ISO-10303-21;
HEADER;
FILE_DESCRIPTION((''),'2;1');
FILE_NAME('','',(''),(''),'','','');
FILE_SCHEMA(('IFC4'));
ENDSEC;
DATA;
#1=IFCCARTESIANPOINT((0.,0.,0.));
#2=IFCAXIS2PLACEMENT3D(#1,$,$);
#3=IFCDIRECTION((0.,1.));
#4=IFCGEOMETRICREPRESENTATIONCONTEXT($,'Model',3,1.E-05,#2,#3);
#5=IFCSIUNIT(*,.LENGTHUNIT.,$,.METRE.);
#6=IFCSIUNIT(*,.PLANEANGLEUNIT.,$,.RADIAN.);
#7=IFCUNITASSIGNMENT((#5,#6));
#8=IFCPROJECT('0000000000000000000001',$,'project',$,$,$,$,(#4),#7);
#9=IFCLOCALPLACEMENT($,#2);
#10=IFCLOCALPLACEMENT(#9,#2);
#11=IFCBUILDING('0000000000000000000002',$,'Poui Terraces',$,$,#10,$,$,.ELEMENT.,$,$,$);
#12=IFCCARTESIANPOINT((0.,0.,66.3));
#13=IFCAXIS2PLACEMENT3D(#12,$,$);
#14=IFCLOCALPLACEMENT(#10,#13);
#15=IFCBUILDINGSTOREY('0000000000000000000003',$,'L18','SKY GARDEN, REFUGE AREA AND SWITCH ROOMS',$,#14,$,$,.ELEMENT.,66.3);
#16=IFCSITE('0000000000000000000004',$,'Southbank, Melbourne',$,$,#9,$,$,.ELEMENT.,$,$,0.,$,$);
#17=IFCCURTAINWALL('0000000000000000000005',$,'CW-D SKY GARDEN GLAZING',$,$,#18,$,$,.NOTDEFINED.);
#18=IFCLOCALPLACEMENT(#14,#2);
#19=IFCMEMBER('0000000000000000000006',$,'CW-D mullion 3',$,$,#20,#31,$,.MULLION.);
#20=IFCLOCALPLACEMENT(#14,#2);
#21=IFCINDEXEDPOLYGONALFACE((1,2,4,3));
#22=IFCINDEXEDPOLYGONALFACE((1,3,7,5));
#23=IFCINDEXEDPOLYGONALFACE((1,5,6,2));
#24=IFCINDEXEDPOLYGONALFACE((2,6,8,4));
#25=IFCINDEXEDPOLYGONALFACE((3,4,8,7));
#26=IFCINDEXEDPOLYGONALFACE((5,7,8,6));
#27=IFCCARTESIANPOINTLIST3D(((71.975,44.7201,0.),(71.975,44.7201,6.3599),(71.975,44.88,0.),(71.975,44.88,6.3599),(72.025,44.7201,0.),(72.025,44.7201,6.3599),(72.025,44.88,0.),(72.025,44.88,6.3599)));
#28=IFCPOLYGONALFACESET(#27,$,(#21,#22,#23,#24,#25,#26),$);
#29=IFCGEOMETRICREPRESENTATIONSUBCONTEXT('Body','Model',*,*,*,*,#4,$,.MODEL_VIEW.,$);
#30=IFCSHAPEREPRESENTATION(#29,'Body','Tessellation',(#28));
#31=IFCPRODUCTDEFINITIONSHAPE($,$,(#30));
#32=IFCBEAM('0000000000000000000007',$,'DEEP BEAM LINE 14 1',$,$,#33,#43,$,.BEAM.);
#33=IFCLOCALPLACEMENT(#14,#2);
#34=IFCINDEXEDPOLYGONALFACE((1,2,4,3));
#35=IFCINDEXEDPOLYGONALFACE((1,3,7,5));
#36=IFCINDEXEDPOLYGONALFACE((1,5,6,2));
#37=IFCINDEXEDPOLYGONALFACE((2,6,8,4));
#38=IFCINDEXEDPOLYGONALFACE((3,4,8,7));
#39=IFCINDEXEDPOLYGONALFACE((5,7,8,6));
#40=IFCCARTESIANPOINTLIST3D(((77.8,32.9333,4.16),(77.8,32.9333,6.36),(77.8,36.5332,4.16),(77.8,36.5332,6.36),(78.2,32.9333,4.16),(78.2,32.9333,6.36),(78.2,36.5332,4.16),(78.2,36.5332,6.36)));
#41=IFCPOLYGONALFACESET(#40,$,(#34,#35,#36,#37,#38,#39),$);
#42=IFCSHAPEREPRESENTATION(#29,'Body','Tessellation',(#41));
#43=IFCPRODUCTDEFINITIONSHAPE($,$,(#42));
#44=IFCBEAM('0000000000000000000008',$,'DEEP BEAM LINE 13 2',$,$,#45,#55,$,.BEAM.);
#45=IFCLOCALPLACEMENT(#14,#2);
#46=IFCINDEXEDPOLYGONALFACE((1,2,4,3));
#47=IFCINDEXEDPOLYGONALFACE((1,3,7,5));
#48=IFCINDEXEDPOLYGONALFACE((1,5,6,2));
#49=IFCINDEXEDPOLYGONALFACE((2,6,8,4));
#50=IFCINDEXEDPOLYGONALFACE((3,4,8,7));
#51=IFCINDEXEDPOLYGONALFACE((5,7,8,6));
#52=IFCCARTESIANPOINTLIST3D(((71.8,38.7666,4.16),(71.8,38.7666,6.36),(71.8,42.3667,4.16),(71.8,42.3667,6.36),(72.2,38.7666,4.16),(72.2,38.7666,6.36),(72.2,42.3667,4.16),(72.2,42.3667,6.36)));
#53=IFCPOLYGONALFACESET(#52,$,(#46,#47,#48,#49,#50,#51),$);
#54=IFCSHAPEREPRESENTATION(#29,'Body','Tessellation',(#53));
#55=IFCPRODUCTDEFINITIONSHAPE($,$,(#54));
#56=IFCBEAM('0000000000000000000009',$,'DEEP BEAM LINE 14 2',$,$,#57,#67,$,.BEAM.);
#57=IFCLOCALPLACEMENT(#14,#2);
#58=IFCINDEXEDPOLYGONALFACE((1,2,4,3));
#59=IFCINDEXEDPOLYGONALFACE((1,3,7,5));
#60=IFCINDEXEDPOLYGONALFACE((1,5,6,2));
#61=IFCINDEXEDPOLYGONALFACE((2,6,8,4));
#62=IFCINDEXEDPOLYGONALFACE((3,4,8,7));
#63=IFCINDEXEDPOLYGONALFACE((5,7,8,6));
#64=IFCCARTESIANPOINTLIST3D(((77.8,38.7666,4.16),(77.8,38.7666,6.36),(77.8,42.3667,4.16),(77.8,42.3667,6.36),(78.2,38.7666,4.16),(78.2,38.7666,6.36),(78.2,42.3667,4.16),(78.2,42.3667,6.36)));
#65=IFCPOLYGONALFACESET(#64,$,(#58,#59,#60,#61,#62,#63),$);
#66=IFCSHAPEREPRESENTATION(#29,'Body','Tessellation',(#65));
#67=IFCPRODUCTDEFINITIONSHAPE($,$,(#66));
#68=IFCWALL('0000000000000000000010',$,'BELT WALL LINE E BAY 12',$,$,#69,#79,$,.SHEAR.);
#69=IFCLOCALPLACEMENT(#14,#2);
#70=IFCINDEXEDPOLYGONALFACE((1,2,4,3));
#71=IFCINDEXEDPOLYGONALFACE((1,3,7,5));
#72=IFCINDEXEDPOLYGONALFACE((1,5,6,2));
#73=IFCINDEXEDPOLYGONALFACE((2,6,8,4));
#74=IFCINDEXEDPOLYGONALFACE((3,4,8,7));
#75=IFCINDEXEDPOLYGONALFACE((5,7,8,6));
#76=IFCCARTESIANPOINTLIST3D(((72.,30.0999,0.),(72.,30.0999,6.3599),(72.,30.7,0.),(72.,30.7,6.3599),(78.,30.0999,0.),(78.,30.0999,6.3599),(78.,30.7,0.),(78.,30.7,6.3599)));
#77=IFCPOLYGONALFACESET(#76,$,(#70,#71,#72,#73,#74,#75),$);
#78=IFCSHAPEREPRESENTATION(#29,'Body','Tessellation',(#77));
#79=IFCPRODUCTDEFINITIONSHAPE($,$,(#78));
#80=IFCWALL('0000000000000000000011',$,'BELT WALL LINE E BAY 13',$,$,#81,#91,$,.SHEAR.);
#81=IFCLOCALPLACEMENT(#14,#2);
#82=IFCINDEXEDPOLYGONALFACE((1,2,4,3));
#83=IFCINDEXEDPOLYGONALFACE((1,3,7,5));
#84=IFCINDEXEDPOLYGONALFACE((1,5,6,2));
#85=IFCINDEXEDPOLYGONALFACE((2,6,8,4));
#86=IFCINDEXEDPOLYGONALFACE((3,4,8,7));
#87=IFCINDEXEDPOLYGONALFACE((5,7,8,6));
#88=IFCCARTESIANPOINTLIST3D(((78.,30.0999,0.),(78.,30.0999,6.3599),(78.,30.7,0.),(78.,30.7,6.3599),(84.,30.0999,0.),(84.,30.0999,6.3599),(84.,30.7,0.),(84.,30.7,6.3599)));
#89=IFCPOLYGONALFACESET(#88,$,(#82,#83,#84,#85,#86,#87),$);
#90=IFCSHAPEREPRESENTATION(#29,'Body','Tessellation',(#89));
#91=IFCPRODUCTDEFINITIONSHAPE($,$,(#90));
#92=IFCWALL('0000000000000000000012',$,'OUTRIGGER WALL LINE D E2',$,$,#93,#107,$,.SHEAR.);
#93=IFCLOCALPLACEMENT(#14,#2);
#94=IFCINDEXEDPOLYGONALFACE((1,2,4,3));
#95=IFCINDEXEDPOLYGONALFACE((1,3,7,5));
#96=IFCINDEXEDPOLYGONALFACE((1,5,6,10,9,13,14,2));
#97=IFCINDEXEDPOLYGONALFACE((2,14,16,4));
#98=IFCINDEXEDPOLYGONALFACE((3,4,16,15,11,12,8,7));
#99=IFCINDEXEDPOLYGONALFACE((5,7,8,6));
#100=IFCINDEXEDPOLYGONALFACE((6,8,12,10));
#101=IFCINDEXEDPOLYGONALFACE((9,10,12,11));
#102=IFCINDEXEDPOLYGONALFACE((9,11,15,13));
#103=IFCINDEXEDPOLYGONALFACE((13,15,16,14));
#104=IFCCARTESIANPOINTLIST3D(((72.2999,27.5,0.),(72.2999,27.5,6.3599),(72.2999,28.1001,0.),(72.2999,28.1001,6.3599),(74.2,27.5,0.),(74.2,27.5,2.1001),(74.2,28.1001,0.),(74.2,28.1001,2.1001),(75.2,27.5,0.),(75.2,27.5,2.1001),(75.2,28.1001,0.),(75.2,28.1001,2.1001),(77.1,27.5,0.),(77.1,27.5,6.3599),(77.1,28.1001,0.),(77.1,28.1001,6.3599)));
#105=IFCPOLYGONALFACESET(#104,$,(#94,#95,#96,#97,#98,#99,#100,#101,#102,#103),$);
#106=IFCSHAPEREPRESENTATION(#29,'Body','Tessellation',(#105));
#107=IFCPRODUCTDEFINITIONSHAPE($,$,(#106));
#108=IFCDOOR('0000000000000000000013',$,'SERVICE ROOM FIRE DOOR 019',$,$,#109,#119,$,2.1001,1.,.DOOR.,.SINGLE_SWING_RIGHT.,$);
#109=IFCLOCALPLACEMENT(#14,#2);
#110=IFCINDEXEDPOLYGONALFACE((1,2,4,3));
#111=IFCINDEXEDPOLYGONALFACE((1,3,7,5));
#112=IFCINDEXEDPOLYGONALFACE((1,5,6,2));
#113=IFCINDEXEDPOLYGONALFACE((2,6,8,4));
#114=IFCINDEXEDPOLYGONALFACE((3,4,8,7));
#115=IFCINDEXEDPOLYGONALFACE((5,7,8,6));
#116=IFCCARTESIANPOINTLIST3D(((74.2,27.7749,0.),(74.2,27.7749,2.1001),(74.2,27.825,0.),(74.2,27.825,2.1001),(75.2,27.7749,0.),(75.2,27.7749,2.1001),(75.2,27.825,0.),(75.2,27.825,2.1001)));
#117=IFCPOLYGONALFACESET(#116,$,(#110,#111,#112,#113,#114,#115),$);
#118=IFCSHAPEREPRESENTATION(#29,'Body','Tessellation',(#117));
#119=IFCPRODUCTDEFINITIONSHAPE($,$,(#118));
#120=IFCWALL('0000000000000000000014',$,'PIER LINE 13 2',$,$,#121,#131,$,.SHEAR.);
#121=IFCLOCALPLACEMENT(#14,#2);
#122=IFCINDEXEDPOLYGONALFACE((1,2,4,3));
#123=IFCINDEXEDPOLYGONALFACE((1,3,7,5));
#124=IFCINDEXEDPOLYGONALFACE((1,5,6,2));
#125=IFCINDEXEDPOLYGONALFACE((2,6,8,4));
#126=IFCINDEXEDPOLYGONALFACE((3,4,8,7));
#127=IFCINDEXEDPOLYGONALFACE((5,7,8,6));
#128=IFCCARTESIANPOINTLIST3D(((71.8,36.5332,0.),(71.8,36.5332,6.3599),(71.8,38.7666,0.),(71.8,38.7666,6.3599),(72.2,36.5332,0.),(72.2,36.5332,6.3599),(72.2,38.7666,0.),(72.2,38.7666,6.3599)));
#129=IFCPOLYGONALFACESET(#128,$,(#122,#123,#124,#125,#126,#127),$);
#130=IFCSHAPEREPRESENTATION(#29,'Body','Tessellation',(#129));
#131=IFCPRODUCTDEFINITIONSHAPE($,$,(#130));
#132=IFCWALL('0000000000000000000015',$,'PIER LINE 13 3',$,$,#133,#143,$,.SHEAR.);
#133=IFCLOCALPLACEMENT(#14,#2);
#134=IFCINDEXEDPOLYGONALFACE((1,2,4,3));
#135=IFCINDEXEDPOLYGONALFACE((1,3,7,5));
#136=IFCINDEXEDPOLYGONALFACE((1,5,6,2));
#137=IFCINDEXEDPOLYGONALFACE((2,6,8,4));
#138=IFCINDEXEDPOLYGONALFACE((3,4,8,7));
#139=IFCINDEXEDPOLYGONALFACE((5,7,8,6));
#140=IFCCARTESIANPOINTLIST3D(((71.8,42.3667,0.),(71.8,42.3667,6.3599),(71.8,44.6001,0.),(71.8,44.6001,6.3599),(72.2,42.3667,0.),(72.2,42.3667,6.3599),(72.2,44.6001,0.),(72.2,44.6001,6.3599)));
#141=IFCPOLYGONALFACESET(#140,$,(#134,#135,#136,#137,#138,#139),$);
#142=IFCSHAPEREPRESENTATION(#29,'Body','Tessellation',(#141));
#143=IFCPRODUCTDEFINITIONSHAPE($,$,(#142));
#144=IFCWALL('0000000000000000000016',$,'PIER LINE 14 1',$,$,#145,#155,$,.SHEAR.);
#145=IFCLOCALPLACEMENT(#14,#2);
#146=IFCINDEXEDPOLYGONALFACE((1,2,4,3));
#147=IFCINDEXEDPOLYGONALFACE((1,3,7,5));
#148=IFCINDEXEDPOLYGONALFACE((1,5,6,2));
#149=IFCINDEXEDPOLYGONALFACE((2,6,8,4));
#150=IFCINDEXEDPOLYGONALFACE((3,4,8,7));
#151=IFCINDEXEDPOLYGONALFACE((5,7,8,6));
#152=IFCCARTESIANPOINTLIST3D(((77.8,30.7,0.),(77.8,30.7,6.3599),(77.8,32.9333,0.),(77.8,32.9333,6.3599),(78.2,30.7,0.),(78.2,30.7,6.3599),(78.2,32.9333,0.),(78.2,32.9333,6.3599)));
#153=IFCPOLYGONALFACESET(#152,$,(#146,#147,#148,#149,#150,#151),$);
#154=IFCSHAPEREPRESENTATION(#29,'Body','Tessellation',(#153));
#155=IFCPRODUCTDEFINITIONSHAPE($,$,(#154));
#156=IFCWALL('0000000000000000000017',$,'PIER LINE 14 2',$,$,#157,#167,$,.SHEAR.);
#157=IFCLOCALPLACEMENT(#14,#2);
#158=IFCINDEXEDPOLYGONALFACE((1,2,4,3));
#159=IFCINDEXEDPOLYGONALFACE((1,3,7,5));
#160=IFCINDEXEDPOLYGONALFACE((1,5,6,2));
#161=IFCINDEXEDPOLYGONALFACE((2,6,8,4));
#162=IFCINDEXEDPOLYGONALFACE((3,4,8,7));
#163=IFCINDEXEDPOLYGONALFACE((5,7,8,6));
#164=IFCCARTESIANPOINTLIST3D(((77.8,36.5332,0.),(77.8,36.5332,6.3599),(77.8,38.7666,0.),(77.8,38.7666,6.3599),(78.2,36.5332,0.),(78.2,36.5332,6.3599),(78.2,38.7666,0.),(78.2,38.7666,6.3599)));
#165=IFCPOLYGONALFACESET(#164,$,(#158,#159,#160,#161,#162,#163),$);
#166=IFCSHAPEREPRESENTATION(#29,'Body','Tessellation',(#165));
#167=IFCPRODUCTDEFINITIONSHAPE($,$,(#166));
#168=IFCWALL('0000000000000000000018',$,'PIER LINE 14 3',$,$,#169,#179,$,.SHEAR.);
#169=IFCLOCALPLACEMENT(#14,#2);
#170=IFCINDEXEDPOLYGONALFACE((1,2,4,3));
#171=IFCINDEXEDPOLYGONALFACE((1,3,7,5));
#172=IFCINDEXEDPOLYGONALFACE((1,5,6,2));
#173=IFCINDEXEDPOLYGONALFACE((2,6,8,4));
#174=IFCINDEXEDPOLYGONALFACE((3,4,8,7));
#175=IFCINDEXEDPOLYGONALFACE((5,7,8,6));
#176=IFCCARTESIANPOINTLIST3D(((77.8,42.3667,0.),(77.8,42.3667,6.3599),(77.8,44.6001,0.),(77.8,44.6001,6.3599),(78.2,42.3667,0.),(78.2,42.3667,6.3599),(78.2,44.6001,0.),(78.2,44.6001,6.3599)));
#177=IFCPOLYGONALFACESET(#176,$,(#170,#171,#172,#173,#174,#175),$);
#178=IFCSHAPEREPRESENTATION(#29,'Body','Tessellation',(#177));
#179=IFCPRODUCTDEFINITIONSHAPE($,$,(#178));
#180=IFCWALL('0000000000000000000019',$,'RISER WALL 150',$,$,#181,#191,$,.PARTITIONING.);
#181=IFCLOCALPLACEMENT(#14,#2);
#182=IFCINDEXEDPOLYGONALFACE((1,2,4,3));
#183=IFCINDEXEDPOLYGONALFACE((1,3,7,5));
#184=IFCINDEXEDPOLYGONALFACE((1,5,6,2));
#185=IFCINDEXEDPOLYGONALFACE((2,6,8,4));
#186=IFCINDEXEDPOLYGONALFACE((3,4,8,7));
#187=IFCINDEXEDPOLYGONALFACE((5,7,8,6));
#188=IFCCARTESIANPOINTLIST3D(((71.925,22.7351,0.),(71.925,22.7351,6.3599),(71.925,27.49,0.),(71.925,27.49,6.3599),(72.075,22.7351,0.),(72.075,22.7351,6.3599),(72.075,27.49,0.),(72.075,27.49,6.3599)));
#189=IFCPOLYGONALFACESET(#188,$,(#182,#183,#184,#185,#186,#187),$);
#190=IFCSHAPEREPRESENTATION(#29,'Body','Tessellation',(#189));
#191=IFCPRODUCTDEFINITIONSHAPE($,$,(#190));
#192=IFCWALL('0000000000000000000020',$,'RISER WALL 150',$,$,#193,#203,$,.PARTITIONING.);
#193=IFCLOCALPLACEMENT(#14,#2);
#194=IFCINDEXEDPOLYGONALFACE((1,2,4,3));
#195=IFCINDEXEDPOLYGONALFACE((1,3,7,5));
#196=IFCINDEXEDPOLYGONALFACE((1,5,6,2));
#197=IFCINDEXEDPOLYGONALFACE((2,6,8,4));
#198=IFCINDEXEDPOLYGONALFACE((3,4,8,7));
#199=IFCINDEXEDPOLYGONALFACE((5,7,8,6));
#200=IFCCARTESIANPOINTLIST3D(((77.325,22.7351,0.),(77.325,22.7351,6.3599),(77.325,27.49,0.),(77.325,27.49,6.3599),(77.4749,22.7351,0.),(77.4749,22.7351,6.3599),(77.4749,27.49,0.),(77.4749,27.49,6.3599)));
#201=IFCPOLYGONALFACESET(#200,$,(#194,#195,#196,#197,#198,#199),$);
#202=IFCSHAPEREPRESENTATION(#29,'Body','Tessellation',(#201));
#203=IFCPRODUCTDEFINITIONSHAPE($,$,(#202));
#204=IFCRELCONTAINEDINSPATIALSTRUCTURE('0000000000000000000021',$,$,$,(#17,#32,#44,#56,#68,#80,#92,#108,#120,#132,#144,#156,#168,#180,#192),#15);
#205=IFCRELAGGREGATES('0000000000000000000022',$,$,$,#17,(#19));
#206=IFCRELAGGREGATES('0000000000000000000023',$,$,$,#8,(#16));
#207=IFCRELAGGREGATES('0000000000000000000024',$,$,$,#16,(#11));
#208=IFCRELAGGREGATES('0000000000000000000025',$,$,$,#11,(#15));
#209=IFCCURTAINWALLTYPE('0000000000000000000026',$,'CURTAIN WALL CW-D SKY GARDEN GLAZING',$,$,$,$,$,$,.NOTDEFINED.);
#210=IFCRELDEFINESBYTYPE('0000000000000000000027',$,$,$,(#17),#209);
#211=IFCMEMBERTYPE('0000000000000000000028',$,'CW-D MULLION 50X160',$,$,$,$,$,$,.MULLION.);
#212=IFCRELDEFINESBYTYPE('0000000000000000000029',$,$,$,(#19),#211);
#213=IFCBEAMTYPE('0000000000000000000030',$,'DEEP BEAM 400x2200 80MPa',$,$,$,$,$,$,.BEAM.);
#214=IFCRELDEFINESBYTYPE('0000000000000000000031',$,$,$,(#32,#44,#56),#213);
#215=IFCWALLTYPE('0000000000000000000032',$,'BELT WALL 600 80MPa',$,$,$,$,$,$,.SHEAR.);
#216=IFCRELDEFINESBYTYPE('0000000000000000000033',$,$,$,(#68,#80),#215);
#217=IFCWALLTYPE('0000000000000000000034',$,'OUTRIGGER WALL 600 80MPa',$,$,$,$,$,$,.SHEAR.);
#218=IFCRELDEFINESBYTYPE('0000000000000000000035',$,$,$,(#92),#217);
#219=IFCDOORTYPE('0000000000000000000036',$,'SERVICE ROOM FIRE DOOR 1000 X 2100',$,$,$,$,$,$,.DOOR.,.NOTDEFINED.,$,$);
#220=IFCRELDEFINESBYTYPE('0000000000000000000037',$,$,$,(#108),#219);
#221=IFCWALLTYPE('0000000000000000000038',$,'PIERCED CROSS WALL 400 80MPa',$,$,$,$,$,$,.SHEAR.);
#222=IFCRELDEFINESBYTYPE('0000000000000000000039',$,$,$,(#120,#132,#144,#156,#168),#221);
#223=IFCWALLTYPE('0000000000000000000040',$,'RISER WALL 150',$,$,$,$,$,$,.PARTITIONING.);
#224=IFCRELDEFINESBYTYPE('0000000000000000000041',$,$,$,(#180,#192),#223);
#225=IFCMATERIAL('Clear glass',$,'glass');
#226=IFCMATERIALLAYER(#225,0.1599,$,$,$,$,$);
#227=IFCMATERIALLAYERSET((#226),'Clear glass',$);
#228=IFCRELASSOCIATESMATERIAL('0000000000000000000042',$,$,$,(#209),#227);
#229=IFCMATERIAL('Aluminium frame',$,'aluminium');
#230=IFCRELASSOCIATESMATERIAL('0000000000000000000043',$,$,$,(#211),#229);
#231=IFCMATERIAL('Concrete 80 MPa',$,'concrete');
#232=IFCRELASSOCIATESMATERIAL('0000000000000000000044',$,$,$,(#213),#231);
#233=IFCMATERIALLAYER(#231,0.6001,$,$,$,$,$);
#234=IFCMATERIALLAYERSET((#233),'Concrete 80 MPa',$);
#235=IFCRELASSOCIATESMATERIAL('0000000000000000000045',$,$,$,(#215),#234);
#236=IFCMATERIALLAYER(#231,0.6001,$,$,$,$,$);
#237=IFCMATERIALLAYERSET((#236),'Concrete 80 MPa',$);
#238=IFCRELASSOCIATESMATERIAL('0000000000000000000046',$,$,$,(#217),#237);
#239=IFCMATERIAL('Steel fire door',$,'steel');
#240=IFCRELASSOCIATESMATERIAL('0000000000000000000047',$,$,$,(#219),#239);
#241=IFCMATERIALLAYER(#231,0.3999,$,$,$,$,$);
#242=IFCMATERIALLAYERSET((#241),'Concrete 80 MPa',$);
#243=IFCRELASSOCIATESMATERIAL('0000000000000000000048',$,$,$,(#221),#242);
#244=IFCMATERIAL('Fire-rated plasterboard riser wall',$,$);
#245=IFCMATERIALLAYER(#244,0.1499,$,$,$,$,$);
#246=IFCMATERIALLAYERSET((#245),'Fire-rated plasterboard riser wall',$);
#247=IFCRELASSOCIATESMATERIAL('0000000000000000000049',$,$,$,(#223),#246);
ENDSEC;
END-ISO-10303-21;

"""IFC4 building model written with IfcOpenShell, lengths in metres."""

from ifc_helpers import new_model, si_unit, direction, frame, frame_2d, origin, origin_2d, place, context, subcontext, project, spatial, rectangle, extrude, source, transform, mapped, material, layer, layer_set, material_profile, profile_set, type_object, element, fill, aggregate, save


model = new_model("IFC4")

# Units and contexts
model_context = context("Model", 3, precision=1e-05, world=origin(), true_north=direction((0.0, 1.0)))
body_context = subcontext(model_context, "Body", "Model", "MODEL_VIEW")
ifc_project = project(units=[si_unit("LENGTHUNIT", "METRE"), si_unit("PLANEANGLEUNIT", "RADIAN")], contexts=[model_context])

# Site, building, storey
site_placement = place(None, origin())
site = spatial("IfcSite", under=ifc_project, at=site_placement, Name="Southbank, Melbourne", CompositionType="ELEMENT", RefElevation=0.0)
building_placement = place(site_placement, origin())
building = spatial("IfcBuilding", under=site, at=building_placement, Name="Poui Terraces", CompositionType="ELEMENT")
storey_placement = place(building_placement, frame((0.0, 0.0, 66.3)))
storey = spatial("IfcBuildingStorey", under=building, at=storey_placement, Name="L18", Description="SKY GARDEN, REFUGE AREA AND SWITCH ROOMS", CompositionType="ELEMENT", Elevation=66.3)

# Curtain wall, member
ifc_material_1 = material(Name="Clear glass", Category="glass")
ifc_layer_1 = layer(ifc_material_1, 0.1599)
ifc_layer_set_1 = layer_set([ifc_layer_1], Name="Clear glass")
curtain_wall_type = type_object("IfcCurtainWallType", Name="CURTAIN WALL CW-D SKY GARDEN GLAZING", PredefinedType="NOTDEFINED", material=ifc_layer_set_1)
curtain_wall_placement = place(storey_placement, origin())
curtain_wall = element("IfcCurtainWall", 1, at=curtain_wall_placement, inside=storey, type_object=curtain_wall_type, Name="CW-D SKY GARDEN GLAZING", PredefinedType="NOTDEFINED")
ifc_material_2 = material(Name="Aluminium frame", Category="aluminium")
ifc_material_profile_1 = material_profile(ifc_material_2, rectangle(XDim=0.1599, YDim=0.05, at=origin_2d()), Name="CW-D MULLION 50X160")
ifc_profile_set_1 = profile_set([ifc_material_profile_1], Name="Aluminium frame")
member_type = type_object("IfcMemberType", Name="CW-D MULLION 50X160", PredefinedType="MULLION", material=ifc_profile_set_1)
member_placement = place(storey_placement, frame((72.0, 44.8, 0.0), z_axis=(0.0, 0.0, 1.0), x_axis=(0.0, -1.0, 0.0)))
member = element("IfcMember", 2, at=member_placement, type_object=member_type, Name="CW-D mullion 3", PredefinedType="MULLION", context=body_context, shape_type="SweptSolid", body=[
    extrude(rectangle(XDim=0.1599, YDim=0.05, at=origin_2d()), origin(), (0.0, 0.0, 1.0), 6.3599),
])
aggregate(curtain_wall, [member])

# Beams
ifc_material_3 = material(Name="Concrete 80 MPa", Category="concrete")
ifc_material_profile_2 = material_profile(ifc_material_3, rectangle(XDim=0.3999, YDim=2.2, at=origin_2d()), Name="RC 400x2200")
ifc_profile_set_2 = profile_set([ifc_material_profile_2], Name="Concrete 80 MPa")
beam_type = type_object("IfcBeamType", Name="DEEP BEAM 400x2200 80MPa", PredefinedType="BEAM", material=ifc_profile_set_2)
shared_shape_1 = source(origin(), body_context, "Body", "SweptSolid", [
    extrude(rectangle(XDim=0.3999, YDim=2.2, at=origin_2d()), origin(), (0.0, 0.0, 1.0), 3.5999),
])
beam_placement = place(storey_placement, frame((78.0, 32.9333, 5.26), z_axis=(0.0, 1.0, 0.0), x_axis=(-1.0, 0.0, 0.0)))
element("IfcBeam", 3, at=beam_placement, inside=storey, type_object=beam_type, Name="DEEP BEAM LINE 14 1", PredefinedType="BEAM", context=body_context, shape_type="MappedRepresentation", body=[
    mapped(shared_shape_1, transform((0.0, 0.0, 0.0))),
])
shared_shape_2 = source(origin(), body_context, "Body", "SweptSolid", [
    extrude(rectangle(XDim=0.3999, YDim=2.2, at=origin_2d()), origin(), (0.0, 0.0, 1.0), 3.6001),
])
for number, where, z_axis, x_axis, name in (
    (4, (72.0, 38.7666, 5.26), (0.0, 1.0, 0.0), (-1.0, 0.0, 0.0), "DEEP BEAM LINE 13 2"),
    (5, (78.0, 38.7666, 5.26), (0.0, 1.0, 0.0), (-1.0, 0.0, 0.0), "DEEP BEAM LINE 14 2"),
):
    element("IfcBeam", number, at=place(storey_placement, frame(where, z_axis=z_axis, x_axis=x_axis)), inside=storey, type_object=beam_type, Name=name, PredefinedType="BEAM", context=body_context, shape_type="MappedRepresentation", body=[
        mapped(shared_shape_2, transform((0.0, 0.0, 0.0))),
    ])

# Walls
ifc_layer_2 = layer(ifc_material_3, 0.6001)
ifc_layer_set_2 = layer_set([ifc_layer_2], Name="Concrete 80 MPa")
wall_type_1 = type_object("IfcWallType", Name="BELT WALL 600 80MPa", PredefinedType="SHEAR", material=ifc_layer_set_2)
for number, where, z_axis, x_axis, name in (
    (6, (72.0, 30.3999, 0.0), (0.0, 0.0, 1.0), (1.0, 0.0, 0.0), "BELT WALL LINE E BAY 12"),
    (7, (78.0, 30.3999, 0.0), (0.0, 0.0, 1.0), (1.0, 0.0, 0.0), "BELT WALL LINE E BAY 13"),
):
    element("IfcWall", number, at=place(storey_placement, frame(where, z_axis=z_axis, x_axis=x_axis)), inside=storey, type_object=wall_type_1, Name=name, PredefinedType="SHEAR", context=body_context, shape_type="SweptSolid", body=[
        extrude(rectangle(XDim=6.0, YDim=0.6001, at=frame_2d((3.0, 0.0))), origin(), (0.0, 0.0, 1.0), 6.3599),
    ])

# Wall, opening, door
ifc_layer_3 = layer(ifc_material_3, 0.6001)
ifc_layer_set_3 = layer_set([ifc_layer_3], Name="Concrete 80 MPa")
wall_type_2 = type_object("IfcWallType", Name="OUTRIGGER WALL 600 80MPa", PredefinedType="SHEAR", material=ifc_layer_set_3)
wall_1_placement = place(storey_placement, frame((72.3, 27.8, 0.0), z_axis=(0.0, 0.0, 1.0), x_axis=(1.0, 0.0, 0.0)))
wall_1 = element("IfcWall", 8, at=wall_1_placement, inside=storey, type_object=wall_type_2, Name="OUTRIGGER WALL LINE D E2", PredefinedType="SHEAR", context=body_context, shape_type="SweptSolid", body=[
    extrude(rectangle(XDim=4.8, YDim=0.6001, at=frame_2d((2.3999, 0.0))), origin(), (0.0, 0.0, 1.0), 6.3599),
])
opening_1_placement = place(wall_1_placement, frame((1.8999, 0.0, 0.0)))
opening_1 = element("IfcOpeningElement", 9, at=opening_1_placement, cuts=wall_1, PredefinedType="OPENING", context=body_context, shape_type="SweptSolid", body=[
    extrude(rectangle(XDim=1.0, YDim=2.1001, at=frame_2d((0.5, 1.05))), frame((0.0, 0.3101, 0.0), z_axis=(0.0, -1.0, 0.0), x_axis=(1.0, 0.0, 0.0)), (0.0, 0.0, 1.0), 0.6201),
])
ifc_material_4 = material(Name="Steel fire door", Category="steel")
door_type_1 = type_object("IfcDoorType", Name="SERVICE ROOM FIRE DOOR 1000 X 2100", OperationType="NOTDEFINED", PredefinedType="DOOR", material=ifc_material_4)
door_1_placement = place(opening_1_placement, origin())
door_1 = element("IfcDoor", 10, at=door_1_placement, inside=storey, type_object=door_type_1, Name="SERVICE ROOM FIRE DOOR 019", OperationType="SINGLE_SWING_RIGHT", OverallHeight=2.1001, OverallWidth=1.0, PredefinedType="DOOR", context=body_context, shape_type="SweptSolid", body=[
    extrude(rectangle(XDim=1.0, YDim=2.1001, at=frame_2d((0.5, 1.05))), frame((0.0, 0.0249, 0.0), z_axis=(0.0, -1.0, 0.0), x_axis=(1.0, 0.0, 0.0)), (0.0, 0.0, 1.0), 0.05),
])
fill(opening_1, door_1)

# Walls
ifc_layer_4 = layer(ifc_material_3, 0.3999)
ifc_layer_set_4 = layer_set([ifc_layer_4], Name="Concrete 80 MPa")
wall_type_3 = type_object("IfcWallType", Name="PIERCED CROSS WALL 400 80MPa", PredefinedType="SHEAR", material=ifc_layer_set_4)
for number, where, z_axis, x_axis, name in (
    (11, (72.0, 36.5332, 0.0), (0.0, 0.0, 1.0), (0.0, 1.0, 0.0), "PIER LINE 13 2"),
    (12, (72.0, 42.3667, 0.0), (0.0, 0.0, 1.0), (0.0, 1.0, 0.0), "PIER LINE 13 3"),
    (13, (78.0, 30.7, 0.0), (0.0, 0.0, 1.0), (0.0, 1.0, 0.0), "PIER LINE 14 1"),
    (14, (78.0, 36.5332, 0.0), (0.0, 0.0, 1.0), (0.0, 1.0, 0.0), "PIER LINE 14 2"),
    (15, (78.0, 42.3667, 0.0), (0.0, 0.0, 1.0), (0.0, 1.0, 0.0), "PIER LINE 14 3"),
):
    element("IfcWall", number, at=place(storey_placement, frame(where, z_axis=z_axis, x_axis=x_axis)), inside=storey, type_object=wall_type_3, Name=name, PredefinedType="SHEAR", context=body_context, shape_type="SweptSolid", body=[
        extrude(rectangle(XDim=2.2334, YDim=0.3999, at=frame_2d((1.1167, 0.0))), origin(), (0.0, 0.0, 1.0), 6.3599),
    ])
ifc_material_5 = material(Name="Fire-rated plasterboard riser wall")
ifc_layer_5 = layer(ifc_material_5, 0.1499)
ifc_layer_set_5 = layer_set([ifc_layer_5], Name="Fire-rated plasterboard riser wall")
wall_type_4 = type_object("IfcWallType", Name="RISER WALL 150", PredefinedType="PARTITIONING", material=ifc_layer_set_5)
for number, where, z_axis, x_axis, name in (
    (16, (72.0, 22.7351, 0.0), (0.0, 0.0, 1.0), (0.0, 1.0, 0.0), "RISER WALL 150"),
    (17, (77.3999, 22.7351, 0.0), (0.0, 0.0, 1.0), (0.0, 1.0, 0.0), "RISER WALL 150"),
):
    element("IfcWall", number, at=place(storey_placement, frame(where, z_axis=z_axis, x_axis=x_axis)), inside=storey, type_object=wall_type_4, Name=name, PredefinedType="PARTITIONING", context=body_context, shape_type="SweptSolid", body=[
        extrude(rectangle(XDim=4.7549, YDim=0.1499, at=frame_2d((2.3774, 0.0))), origin(), (0.0, 0.0, 1.0), 6.3599),
    ])

save(model, "model.ifc")
